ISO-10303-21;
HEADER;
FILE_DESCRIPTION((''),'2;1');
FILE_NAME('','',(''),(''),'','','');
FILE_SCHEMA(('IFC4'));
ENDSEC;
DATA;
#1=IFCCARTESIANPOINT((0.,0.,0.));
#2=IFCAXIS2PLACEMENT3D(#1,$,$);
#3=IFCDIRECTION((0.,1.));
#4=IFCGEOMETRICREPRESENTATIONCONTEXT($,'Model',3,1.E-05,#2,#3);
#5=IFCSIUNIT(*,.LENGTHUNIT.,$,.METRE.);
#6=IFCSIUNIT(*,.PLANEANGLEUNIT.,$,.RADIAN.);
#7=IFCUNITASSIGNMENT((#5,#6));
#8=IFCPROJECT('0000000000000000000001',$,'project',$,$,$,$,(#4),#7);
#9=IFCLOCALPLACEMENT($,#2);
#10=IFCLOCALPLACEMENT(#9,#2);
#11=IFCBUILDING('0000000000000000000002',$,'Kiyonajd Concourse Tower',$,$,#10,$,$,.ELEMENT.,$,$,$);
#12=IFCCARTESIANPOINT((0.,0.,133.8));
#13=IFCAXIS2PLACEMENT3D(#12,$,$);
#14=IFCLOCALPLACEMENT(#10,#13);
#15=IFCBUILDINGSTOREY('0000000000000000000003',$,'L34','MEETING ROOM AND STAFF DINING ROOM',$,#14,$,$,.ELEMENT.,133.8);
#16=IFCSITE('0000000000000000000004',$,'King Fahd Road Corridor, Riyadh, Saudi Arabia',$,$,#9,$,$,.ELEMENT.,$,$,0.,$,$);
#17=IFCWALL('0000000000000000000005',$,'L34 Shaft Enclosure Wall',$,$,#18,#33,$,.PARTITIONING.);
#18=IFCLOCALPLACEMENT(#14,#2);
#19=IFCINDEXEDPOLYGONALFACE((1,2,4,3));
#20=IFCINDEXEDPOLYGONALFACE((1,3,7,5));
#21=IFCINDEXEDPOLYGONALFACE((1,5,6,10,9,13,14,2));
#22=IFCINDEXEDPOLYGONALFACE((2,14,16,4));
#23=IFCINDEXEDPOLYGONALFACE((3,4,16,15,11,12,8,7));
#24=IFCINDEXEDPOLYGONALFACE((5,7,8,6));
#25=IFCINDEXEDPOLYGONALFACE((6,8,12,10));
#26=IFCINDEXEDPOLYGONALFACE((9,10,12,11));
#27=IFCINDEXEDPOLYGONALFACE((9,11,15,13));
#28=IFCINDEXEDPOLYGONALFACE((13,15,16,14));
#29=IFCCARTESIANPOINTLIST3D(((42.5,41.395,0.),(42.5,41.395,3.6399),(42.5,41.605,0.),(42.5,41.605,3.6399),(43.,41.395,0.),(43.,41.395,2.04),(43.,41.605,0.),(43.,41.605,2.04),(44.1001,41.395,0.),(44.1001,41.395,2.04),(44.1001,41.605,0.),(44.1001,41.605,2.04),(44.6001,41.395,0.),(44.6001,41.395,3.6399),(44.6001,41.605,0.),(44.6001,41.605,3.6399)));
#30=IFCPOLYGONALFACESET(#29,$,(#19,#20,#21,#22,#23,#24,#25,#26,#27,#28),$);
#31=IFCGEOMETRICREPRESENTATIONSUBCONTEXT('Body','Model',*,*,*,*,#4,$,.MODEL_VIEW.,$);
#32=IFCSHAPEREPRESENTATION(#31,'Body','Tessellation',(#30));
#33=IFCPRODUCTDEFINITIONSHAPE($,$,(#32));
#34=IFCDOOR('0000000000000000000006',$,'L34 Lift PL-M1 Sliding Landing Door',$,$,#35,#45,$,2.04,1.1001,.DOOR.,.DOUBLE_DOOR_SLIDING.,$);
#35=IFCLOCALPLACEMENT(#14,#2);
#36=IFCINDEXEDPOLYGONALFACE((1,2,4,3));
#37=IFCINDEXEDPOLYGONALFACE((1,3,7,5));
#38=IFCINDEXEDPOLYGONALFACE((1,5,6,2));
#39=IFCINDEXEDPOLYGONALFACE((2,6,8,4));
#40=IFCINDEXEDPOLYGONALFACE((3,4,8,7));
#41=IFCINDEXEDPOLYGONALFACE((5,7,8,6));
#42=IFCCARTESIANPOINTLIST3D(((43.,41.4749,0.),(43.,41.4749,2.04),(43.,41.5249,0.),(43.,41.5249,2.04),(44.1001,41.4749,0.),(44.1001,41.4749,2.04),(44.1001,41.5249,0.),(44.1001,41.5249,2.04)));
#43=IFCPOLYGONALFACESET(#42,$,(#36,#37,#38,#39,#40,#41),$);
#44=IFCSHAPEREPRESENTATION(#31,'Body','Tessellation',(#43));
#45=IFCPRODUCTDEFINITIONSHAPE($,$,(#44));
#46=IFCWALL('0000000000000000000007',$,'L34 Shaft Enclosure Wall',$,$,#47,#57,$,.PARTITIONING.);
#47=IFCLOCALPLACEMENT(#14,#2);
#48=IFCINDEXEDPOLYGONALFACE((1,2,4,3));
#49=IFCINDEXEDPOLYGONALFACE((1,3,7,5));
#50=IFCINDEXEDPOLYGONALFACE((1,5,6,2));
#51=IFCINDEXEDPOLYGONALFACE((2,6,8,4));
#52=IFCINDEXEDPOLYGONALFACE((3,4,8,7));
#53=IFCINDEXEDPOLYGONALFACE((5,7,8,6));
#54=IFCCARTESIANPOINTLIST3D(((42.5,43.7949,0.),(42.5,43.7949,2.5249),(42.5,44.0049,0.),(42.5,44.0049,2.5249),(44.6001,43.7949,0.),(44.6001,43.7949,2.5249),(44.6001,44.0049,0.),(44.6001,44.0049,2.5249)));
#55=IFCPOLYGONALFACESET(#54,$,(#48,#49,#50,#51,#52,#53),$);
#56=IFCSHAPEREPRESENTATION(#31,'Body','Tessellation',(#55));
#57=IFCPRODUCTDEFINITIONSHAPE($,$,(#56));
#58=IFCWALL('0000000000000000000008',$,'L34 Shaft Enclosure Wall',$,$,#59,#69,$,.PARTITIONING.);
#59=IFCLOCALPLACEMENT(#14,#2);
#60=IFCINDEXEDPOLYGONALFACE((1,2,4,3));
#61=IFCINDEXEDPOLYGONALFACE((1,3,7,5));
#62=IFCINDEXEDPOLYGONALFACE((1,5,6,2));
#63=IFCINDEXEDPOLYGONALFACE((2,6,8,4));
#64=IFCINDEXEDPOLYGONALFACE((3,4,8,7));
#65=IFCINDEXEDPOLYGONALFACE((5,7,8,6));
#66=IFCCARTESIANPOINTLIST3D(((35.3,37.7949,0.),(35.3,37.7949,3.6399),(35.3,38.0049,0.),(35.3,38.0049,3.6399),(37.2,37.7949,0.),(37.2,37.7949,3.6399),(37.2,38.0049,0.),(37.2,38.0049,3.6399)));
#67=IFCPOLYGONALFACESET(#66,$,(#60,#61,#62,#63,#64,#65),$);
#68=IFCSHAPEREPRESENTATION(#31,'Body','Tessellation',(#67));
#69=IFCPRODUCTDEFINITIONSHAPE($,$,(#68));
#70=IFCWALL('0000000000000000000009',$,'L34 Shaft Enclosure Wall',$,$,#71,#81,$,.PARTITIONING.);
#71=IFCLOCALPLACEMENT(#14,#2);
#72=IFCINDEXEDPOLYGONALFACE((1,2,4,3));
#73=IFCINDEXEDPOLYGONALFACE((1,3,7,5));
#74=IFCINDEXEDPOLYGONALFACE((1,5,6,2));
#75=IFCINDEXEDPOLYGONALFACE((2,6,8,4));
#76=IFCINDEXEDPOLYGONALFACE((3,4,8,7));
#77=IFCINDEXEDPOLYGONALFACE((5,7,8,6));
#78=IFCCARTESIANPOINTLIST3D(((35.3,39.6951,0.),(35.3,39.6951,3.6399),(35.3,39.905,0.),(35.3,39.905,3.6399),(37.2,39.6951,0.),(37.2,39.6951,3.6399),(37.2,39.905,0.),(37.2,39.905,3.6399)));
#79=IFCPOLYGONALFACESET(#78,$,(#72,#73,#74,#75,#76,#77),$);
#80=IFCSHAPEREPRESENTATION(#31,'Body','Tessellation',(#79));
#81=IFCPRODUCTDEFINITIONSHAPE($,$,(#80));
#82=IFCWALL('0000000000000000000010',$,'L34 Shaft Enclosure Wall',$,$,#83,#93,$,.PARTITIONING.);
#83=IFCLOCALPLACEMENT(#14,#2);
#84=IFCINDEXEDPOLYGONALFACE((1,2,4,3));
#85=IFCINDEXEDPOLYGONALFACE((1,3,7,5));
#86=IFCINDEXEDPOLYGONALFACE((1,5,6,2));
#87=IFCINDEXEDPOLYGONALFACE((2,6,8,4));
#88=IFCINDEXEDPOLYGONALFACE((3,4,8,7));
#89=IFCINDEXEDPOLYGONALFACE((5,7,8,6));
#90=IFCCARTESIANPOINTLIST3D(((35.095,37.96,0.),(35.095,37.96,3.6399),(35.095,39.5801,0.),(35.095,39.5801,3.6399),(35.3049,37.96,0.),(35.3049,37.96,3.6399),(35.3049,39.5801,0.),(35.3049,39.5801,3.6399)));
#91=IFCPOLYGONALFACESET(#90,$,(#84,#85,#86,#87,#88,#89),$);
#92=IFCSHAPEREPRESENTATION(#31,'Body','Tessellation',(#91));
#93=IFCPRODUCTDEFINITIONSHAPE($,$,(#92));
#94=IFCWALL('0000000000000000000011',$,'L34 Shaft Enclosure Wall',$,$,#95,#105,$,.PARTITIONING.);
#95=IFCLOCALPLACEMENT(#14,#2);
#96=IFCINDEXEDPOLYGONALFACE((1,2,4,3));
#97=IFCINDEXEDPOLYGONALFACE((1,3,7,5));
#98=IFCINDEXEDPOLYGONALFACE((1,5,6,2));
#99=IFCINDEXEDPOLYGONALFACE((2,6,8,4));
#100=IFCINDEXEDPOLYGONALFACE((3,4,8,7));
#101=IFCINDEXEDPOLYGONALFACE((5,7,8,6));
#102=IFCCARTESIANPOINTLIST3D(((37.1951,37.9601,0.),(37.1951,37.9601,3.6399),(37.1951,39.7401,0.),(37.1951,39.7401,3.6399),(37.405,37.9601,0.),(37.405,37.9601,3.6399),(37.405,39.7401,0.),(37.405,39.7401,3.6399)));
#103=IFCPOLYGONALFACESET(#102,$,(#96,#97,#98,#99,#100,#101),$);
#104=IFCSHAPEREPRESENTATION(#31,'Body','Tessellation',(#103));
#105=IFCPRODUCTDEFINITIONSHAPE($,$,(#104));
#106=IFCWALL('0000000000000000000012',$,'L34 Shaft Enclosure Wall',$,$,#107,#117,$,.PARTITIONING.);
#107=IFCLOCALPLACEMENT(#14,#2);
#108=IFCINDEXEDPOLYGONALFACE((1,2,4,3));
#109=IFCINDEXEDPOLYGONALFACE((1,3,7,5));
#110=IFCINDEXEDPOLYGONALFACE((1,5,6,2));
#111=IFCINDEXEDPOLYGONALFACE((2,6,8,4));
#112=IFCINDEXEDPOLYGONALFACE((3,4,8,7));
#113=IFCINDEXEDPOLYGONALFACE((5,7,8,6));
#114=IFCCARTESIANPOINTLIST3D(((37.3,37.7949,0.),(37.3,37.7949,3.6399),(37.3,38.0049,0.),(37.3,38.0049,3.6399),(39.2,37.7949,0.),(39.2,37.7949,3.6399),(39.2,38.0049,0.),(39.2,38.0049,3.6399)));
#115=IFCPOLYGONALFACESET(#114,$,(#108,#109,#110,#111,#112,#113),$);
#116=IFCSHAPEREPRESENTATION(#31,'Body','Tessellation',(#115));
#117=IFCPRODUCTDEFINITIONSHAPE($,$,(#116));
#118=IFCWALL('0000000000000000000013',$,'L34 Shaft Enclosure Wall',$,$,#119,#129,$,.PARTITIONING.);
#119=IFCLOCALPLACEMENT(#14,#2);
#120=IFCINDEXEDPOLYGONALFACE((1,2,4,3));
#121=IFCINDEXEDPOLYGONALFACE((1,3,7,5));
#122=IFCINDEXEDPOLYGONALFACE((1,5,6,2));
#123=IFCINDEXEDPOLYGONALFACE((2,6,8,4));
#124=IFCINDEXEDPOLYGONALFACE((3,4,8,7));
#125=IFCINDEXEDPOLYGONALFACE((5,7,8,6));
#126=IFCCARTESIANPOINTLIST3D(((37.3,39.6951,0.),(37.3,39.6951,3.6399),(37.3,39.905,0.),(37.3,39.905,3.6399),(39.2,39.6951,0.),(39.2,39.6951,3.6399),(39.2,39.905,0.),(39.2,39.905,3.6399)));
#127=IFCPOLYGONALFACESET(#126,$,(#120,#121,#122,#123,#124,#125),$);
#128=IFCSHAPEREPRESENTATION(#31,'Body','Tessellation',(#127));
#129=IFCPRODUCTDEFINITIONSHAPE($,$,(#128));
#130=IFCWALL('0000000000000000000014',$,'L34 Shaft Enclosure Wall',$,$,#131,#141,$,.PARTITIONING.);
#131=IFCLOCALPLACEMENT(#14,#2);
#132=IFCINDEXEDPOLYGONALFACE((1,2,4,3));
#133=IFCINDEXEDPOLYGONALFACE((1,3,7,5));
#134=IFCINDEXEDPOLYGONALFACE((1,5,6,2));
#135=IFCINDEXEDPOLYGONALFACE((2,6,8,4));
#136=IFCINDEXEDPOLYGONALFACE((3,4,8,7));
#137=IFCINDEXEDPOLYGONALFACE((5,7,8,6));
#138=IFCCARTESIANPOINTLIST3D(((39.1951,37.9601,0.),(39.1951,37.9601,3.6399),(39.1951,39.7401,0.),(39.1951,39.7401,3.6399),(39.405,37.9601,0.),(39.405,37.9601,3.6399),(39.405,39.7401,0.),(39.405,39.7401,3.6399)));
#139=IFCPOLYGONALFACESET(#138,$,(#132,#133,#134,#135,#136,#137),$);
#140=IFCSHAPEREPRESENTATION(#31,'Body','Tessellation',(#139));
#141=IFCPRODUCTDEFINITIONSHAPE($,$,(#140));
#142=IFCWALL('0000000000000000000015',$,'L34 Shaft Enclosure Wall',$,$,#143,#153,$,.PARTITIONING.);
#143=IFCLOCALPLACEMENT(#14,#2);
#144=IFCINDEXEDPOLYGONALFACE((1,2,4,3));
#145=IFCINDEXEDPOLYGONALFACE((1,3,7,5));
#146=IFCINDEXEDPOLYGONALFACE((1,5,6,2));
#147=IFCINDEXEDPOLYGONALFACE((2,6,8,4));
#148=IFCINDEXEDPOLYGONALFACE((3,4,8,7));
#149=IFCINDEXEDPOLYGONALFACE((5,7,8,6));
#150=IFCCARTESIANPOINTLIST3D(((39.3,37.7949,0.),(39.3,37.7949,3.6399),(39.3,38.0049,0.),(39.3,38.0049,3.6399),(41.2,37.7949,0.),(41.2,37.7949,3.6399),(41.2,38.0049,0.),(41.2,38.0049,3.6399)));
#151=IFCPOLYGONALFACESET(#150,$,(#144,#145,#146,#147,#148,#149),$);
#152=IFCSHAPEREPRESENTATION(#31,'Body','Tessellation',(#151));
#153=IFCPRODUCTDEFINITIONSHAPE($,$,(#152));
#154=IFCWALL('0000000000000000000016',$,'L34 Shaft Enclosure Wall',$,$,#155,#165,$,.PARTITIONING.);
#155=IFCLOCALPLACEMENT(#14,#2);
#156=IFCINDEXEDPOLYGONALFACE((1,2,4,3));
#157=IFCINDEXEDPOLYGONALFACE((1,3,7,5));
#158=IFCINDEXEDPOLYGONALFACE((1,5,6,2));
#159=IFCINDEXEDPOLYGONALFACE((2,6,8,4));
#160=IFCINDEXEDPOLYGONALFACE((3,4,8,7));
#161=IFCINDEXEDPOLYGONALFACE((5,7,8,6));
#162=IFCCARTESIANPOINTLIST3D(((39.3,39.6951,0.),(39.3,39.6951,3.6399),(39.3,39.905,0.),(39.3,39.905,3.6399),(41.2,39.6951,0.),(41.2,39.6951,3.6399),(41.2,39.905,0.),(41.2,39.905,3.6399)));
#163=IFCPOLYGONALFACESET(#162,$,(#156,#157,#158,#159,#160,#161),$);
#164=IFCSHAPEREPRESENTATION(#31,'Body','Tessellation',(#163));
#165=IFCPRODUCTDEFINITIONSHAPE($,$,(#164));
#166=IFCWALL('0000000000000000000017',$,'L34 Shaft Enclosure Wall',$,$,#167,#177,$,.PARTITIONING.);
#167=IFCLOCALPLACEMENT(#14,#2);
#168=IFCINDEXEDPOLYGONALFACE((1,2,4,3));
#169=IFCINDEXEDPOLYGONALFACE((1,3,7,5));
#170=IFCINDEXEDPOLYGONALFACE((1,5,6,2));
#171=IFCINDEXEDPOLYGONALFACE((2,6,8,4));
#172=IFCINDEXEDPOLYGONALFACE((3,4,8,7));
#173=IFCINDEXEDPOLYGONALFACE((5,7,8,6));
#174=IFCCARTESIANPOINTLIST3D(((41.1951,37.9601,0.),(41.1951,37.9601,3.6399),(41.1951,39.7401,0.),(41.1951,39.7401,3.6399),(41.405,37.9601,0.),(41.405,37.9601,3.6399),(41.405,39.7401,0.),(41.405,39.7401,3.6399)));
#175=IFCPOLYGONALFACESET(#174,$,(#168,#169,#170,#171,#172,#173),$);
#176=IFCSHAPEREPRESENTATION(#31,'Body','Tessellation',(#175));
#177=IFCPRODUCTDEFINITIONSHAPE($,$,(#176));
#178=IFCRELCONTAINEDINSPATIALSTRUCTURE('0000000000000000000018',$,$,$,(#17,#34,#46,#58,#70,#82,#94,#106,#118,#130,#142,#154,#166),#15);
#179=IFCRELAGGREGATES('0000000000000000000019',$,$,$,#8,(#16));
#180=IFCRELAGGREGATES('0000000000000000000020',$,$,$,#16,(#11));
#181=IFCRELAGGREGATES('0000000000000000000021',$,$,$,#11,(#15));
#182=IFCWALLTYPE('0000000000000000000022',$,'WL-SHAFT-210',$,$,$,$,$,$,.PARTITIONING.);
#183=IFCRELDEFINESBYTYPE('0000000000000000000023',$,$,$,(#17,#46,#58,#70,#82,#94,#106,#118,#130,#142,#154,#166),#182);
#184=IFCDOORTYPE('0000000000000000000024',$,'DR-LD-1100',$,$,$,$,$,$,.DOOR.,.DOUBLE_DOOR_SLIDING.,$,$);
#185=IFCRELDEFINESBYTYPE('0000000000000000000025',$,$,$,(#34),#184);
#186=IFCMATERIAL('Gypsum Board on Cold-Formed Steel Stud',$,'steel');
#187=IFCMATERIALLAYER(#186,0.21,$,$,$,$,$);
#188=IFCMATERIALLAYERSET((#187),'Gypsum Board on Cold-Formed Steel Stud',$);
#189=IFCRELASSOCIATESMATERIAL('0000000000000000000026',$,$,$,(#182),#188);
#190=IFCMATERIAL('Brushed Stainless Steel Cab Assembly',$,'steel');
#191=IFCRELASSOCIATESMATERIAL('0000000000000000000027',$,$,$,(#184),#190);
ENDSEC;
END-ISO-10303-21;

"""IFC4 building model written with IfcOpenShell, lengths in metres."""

from ifc_helpers import new_model, si_unit, direction, frame, frame_2d, origin, place, context, subcontext, project, spatial, rectangle, extrude, material, layer, layer_set, type_object, element, fill, save


model = new_model("IFC4")

# Units and contexts
model_context = context("Model", 3, precision=1e-05, world=origin(), true_north=direction((0.0, 1.0)))
body_context = subcontext(model_context, "Body", "Model", "MODEL_VIEW")
ifc_project = project(units=[si_unit("LENGTHUNIT", "METRE"), si_unit("PLANEANGLEUNIT", "RADIAN")], contexts=[model_context])

# Site, building, storey
site_placement = place(None, origin())
site = spatial("IfcSite", under=ifc_project, at=site_placement, Name="King Fahd Road Corridor, Riyadh, Saudi Arabia", CompositionType="ELEMENT", RefElevation=0.0)
building_placement = place(site_placement, origin())
building = spatial("IfcBuilding", under=site, at=building_placement, Name="Kiyonajd Concourse Tower", CompositionType="ELEMENT")
storey_placement = place(building_placement, frame((0.0, 0.0, 133.8)))
storey = spatial("IfcBuildingStorey", under=building, at=storey_placement, Name="L34", Description="MEETING ROOM AND STAFF DINING ROOM", CompositionType="ELEMENT", Elevation=133.8)

# Shared definitions
ifc_material_1 = material(Name="Gypsum Board on Cold-Formed Steel Stud", Category="steel")
ifc_layer_1 = layer(ifc_material_1, 0.21)
ifc_layer_set_1 = layer_set([ifc_layer_1], Name="Gypsum Board on Cold-Formed Steel Stud")
wall_type_1 = type_object("IfcWallType", Name="WL-SHAFT-210", PredefinedType="PARTITIONING", material=ifc_layer_set_1)

# Wall, opening, door
wall_1_placement = place(storey_placement, frame((42.5, 41.5, 0.0), z_axis=(0.0, 0.0, 1.0), x_axis=(1.0, 0.0, 0.0)))
wall_1 = element("IfcWall", 1, at=wall_1_placement, inside=storey, type_object=wall_type_1, Name="L34 Shaft Enclosure Wall", PredefinedType="PARTITIONING", context=body_context, shape_type="SweptSolid", body=[
    extrude(rectangle(XDim=2.1001, YDim=0.21, at=frame_2d((1.05, 0.0))), origin(), (0.0, 0.0, 1.0), 3.6399),
])
opening_1_placement = place(wall_1_placement, frame((0.5, 0.0, 0.0)))
opening_1 = element("IfcOpeningElement", 2, at=opening_1_placement, cuts=wall_1, PredefinedType="OPENING", context=body_context, shape_type="SweptSolid", body=[
    extrude(rectangle(XDim=1.1001, YDim=2.04, at=frame_2d((0.55, 1.02))), frame((0.0, 0.115, 0.0), z_axis=(0.0, -1.0, 0.0), x_axis=(1.0, 0.0, 0.0)), (0.0, 0.0, 1.0), 0.23),
])
ifc_material_2 = material(Name="Brushed Stainless Steel Cab Assembly", Category="steel")
door_type_1 = type_object("IfcDoorType", Name="DR-LD-1100", OperationType="DOUBLE_DOOR_SLIDING", PredefinedType="DOOR", material=ifc_material_2)
door_1_placement = place(opening_1_placement, origin())
door_1 = element("IfcDoor", 3, at=door_1_placement, inside=storey, type_object=door_type_1, Name="L34 Lift PL-M1 Sliding Landing Door", OperationType="DOUBLE_DOOR_SLIDING", OverallHeight=2.04, OverallWidth=1.1001, PredefinedType="DOOR", context=body_context, shape_type="SweptSolid", body=[
    extrude(rectangle(XDim=1.1001, YDim=2.04, at=frame_2d((0.55, 1.02))), frame((0.0, 0.0249, 0.0), z_axis=(0.0, -1.0, 0.0), x_axis=(1.0, 0.0, 0.0)), (0.0, 0.0, 1.0), 0.05),
])
fill(opening_1, door_1)

# Walls
wall_2_placement = place(storey_placement, frame((42.5, 43.8999, 0.0), z_axis=(0.0, 0.0, 1.0), x_axis=(1.0, 0.0, 0.0)))
element("IfcWall", 4, at=wall_2_placement, inside=storey, type_object=wall_type_1, Name="L34 Shaft Enclosure Wall", PredefinedType="PARTITIONING", context=body_context, shape_type="SweptSolid", body=[
    extrude(rectangle(XDim=2.1001, YDim=0.21, at=frame_2d((1.05, 0.0))), origin(), (0.0, 0.0, 1.0), 2.5249),
])
for number, where, z_axis, x_axis, name in (
    (5, (35.3, 37.8999, 0.0), (0.0, 0.0, 1.0), (1.0, 0.0, 0.0), "L34 Shaft Enclosure Wall"),
    (6, (35.3, 39.8, 0.0), (0.0, 0.0, 1.0), (1.0, 0.0, 0.0), "L34 Shaft Enclosure Wall"),
):
    element("IfcWall", number, at=place(storey_placement, frame(where, z_axis=z_axis, x_axis=x_axis)), inside=storey, type_object=wall_type_1, Name=name, PredefinedType="PARTITIONING", context=body_context, shape_type="SweptSolid", body=[
        extrude(rectangle(XDim=1.8999, YDim=0.21, at=frame_2d((0.95, 0.0))), origin(), (0.0, 0.0, 1.0), 3.6399),
    ])
wall_3_placement = place(storey_placement, frame((35.2, 37.96, 0.0), z_axis=(0.0, 0.0, 1.0), x_axis=(0.0, 1.0, 0.0)))
element("IfcWall", 7, at=wall_3_placement, inside=storey, type_object=wall_type_1, Name="L34 Shaft Enclosure Wall", PredefinedType="PARTITIONING", context=body_context, shape_type="SweptSolid", body=[
    extrude(rectangle(XDim=1.6201, YDim=0.21, at=frame_2d((0.8101, 0.0))), origin(), (0.0, 0.0, 1.0), 3.6399),
])
wall_4_placement = place(storey_placement, frame((37.3, 37.96, 0.0), z_axis=(0.0, 0.0, 1.0), x_axis=(0.0, 1.0, 0.0)))
element("IfcWall", 8, at=wall_4_placement, inside=storey, type_object=wall_type_1, Name="L34 Shaft Enclosure Wall", PredefinedType="PARTITIONING", context=body_context, shape_type="SweptSolid", body=[
    extrude(rectangle(XDim=1.78, YDim=0.21, at=frame_2d((0.8901, 0.0))), origin(), (0.0, 0.0, 1.0), 3.6399),
])
for number, where, z_axis, x_axis, name in (
    (9, (37.3, 37.8999, 0.0), (0.0, 0.0, 1.0), (1.0, 0.0, 0.0), "L34 Shaft Enclosure Wall"),
    (10, (37.3, 39.8, 0.0), (0.0, 0.0, 1.0), (1.0, 0.0, 0.0), "L34 Shaft Enclosure Wall"),
):
    element("IfcWall", number, at=place(storey_placement, frame(where, z_axis=z_axis, x_axis=x_axis)), inside=storey, type_object=wall_type_1, Name=name, PredefinedType="PARTITIONING", context=body_context, shape_type="SweptSolid", body=[
        extrude(rectangle(XDim=1.8999, YDim=0.21, at=frame_2d((0.95, 0.0))), origin(), (0.0, 0.0, 1.0), 3.6399),
    ])
wall_5_placement = place(storey_placement, frame((39.3, 37.96, 0.0), z_axis=(0.0, 0.0, 1.0), x_axis=(0.0, 1.0, 0.0)))
element("IfcWall", 11, at=wall_5_placement, inside=storey, type_object=wall_type_1, Name="L34 Shaft Enclosure Wall", PredefinedType="PARTITIONING", context=body_context, shape_type="SweptSolid", body=[
    extrude(rectangle(XDim=1.78, YDim=0.21, at=frame_2d((0.8901, 0.0))), origin(), (0.0, 0.0, 1.0), 3.6399),
])
for number, where, z_axis, x_axis, name in (
    (12, (39.3, 37.8999, 0.0), (0.0, 0.0, 1.0), (1.0, 0.0, 0.0), "L34 Shaft Enclosure Wall"),
    (13, (39.3, 39.8, 0.0), (0.0, 0.0, 1.0), (1.0, 0.0, 0.0), "L34 Shaft Enclosure Wall"),
):
    element("IfcWall", number, at=place(storey_placement, frame(where, z_axis=z_axis, x_axis=x_axis)), inside=storey, type_object=wall_type_1, Name=name, PredefinedType="PARTITIONING", context=body_context, shape_type="SweptSolid", body=[
        extrude(rectangle(XDim=1.8999, YDim=0.21, at=frame_2d((0.95, 0.0))), origin(), (0.0, 0.0, 1.0), 3.6399),
    ])
wall_6_placement = place(storey_placement, frame((41.3, 37.96, 0.0), z_axis=(0.0, 0.0, 1.0), x_axis=(0.0, 1.0, 0.0)))
element("IfcWall", 14, at=wall_6_placement, inside=storey, type_object=wall_type_1, Name="L34 Shaft Enclosure Wall", PredefinedType="PARTITIONING", context=body_context, shape_type="SweptSolid", body=[
    extrude(rectangle(XDim=1.78, YDim=0.21, at=frame_2d((0.8901, 0.0))), origin(), (0.0, 0.0, 1.0), 3.6399),
])

save(model, "model.ifc")
